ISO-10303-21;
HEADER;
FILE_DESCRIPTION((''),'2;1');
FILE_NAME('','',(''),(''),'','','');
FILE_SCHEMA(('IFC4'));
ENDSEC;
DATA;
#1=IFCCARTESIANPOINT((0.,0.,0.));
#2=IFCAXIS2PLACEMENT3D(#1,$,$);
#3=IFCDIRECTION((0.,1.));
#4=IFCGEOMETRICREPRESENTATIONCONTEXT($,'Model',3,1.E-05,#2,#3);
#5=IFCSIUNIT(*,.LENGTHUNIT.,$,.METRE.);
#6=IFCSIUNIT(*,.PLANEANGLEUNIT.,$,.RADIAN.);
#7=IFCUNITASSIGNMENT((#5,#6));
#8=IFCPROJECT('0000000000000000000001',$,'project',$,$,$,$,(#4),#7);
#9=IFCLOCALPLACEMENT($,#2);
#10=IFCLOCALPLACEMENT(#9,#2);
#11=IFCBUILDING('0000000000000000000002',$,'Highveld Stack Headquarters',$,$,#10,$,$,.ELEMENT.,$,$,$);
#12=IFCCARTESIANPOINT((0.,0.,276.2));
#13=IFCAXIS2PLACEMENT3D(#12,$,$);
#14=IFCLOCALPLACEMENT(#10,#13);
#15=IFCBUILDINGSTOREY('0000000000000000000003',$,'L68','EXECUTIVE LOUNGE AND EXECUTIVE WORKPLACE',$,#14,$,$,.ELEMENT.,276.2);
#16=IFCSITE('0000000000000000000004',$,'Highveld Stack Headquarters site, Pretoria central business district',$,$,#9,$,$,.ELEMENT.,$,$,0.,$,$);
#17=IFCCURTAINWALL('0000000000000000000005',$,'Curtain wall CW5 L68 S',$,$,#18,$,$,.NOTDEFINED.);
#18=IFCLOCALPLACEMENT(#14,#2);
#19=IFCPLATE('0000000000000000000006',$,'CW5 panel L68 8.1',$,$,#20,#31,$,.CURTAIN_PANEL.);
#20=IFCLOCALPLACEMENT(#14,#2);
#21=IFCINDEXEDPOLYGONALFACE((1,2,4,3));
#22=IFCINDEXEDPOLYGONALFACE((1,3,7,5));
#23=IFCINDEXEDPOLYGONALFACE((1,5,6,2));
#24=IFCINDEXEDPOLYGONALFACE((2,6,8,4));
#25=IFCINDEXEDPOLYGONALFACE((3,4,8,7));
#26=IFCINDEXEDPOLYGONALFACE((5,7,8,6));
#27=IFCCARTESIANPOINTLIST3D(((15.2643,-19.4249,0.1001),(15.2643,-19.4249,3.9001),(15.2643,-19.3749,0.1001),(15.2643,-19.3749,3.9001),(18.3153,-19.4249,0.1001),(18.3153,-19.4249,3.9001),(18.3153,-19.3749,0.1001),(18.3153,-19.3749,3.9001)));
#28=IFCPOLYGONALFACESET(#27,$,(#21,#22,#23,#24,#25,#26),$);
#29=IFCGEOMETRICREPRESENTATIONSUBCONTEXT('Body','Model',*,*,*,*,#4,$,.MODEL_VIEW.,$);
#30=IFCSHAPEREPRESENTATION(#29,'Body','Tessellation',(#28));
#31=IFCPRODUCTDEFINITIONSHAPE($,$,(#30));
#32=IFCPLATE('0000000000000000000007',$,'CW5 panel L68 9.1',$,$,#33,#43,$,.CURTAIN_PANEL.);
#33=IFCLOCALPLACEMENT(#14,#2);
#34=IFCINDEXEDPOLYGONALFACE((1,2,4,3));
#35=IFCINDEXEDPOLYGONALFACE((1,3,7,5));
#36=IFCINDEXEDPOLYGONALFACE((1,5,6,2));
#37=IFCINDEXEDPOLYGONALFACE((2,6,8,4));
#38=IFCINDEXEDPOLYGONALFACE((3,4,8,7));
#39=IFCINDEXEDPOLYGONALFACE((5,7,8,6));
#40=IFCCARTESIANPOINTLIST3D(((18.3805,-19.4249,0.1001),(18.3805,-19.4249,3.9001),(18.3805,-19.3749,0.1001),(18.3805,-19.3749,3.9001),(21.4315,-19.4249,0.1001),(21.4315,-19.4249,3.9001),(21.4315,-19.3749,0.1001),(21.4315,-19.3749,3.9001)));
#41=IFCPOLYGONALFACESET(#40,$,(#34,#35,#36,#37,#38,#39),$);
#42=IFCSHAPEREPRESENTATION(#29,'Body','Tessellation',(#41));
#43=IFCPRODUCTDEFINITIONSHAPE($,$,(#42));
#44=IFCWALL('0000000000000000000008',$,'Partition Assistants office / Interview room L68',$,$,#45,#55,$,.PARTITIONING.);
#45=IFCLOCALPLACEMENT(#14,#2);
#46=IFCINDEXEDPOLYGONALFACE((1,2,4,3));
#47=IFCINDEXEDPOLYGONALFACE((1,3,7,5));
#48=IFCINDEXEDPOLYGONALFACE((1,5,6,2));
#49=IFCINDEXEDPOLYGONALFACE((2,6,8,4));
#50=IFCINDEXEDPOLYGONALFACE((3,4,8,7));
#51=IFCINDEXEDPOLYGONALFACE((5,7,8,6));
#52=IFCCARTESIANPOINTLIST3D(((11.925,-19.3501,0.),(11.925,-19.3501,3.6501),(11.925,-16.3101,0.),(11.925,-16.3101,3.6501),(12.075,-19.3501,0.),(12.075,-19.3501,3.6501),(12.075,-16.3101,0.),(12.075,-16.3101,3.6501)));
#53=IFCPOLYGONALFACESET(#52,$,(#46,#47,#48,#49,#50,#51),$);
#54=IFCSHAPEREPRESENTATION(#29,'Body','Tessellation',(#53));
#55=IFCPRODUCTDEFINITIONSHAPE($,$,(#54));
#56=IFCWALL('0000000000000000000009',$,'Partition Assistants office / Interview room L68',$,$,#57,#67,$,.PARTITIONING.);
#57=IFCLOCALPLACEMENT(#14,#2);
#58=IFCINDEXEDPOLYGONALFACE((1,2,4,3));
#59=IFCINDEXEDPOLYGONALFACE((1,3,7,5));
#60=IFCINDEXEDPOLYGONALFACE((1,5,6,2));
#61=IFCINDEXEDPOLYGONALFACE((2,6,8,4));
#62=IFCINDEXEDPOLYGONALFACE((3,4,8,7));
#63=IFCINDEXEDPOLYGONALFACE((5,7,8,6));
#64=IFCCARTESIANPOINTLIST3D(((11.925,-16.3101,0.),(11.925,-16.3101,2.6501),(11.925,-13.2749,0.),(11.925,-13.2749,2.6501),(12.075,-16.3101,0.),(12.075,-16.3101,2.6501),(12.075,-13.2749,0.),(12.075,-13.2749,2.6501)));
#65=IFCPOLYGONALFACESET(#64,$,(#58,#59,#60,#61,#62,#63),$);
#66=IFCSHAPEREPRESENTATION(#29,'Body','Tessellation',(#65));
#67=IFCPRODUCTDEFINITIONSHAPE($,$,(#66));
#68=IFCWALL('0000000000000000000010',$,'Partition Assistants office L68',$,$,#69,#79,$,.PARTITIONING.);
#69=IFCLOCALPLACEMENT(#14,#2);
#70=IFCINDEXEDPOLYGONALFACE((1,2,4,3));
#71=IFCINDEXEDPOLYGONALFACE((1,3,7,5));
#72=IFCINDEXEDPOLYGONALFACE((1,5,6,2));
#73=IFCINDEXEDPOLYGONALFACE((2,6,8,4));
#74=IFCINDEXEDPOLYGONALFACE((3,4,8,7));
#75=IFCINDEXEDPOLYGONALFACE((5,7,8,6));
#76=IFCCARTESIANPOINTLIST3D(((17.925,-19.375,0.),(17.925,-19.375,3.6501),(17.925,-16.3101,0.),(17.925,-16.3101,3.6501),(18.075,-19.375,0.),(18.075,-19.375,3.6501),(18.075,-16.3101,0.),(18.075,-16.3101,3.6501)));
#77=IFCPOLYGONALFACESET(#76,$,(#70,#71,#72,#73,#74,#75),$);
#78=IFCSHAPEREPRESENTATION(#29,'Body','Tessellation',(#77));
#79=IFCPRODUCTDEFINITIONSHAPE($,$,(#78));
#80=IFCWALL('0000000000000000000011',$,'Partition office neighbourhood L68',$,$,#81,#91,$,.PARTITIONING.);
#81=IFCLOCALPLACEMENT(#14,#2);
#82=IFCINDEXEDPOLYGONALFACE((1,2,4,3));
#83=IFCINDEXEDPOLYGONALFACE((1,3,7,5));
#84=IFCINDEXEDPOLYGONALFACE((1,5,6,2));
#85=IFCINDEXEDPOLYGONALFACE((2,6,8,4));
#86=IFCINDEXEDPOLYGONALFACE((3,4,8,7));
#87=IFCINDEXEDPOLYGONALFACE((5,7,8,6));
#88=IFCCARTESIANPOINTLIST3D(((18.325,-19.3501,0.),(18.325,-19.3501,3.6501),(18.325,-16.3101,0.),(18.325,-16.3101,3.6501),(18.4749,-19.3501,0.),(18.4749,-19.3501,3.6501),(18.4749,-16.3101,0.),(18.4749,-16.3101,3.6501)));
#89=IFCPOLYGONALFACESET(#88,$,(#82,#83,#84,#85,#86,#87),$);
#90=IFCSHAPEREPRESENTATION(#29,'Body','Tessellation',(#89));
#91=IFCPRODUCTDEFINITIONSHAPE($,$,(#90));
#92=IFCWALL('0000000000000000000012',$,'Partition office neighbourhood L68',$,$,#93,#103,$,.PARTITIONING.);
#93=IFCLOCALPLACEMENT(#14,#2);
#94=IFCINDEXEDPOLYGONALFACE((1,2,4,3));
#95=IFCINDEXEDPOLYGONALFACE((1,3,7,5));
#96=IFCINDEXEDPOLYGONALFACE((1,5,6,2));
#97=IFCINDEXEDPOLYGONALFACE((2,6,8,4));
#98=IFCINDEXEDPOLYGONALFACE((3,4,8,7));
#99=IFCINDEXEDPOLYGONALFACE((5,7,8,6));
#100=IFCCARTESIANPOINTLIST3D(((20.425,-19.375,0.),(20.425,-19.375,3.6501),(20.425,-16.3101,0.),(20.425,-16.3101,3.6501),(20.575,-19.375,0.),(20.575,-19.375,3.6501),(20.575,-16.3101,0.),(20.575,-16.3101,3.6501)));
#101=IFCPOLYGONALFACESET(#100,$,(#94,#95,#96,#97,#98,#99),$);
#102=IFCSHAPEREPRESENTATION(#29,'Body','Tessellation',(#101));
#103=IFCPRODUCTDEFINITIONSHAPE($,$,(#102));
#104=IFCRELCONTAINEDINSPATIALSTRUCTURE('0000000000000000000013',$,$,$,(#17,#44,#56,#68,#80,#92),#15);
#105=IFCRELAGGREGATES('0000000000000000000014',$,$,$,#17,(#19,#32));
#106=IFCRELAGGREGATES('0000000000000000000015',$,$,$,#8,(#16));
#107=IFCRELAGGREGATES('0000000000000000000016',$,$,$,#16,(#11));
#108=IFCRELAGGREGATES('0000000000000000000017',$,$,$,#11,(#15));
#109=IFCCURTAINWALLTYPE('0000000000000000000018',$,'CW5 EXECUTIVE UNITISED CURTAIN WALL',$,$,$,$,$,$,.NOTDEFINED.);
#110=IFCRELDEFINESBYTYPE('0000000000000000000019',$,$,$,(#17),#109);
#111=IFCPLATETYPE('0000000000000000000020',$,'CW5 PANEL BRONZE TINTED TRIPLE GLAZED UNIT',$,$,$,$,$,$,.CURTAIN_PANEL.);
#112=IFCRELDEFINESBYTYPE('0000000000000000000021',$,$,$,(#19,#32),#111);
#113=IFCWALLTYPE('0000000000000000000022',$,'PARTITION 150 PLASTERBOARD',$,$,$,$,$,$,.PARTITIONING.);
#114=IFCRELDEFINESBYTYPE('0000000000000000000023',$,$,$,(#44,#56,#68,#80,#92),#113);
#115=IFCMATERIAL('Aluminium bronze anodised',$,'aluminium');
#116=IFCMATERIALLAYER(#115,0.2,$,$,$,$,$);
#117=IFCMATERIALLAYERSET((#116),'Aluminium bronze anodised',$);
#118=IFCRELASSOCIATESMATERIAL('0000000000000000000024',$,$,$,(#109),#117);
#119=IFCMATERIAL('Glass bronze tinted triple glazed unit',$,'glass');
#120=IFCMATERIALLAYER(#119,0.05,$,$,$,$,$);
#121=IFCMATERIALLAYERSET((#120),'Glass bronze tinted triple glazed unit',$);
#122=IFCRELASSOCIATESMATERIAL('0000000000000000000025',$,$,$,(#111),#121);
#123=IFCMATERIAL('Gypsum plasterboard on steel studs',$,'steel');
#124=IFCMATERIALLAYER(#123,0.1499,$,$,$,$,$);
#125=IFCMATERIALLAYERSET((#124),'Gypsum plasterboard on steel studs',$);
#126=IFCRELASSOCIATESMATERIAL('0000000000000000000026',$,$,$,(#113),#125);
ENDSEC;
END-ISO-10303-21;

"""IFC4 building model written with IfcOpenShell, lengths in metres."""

from ifc_helpers import new_model, si_unit, direction, frame, frame_2d, origin, origin_2d, place, context, subcontext, project, spatial, rectangle, extrude, material, layer, layer_set, type_object, element, aggregate, save


model = new_model("IFC4")

# Units and contexts
model_context = context("Model", 3, precision=1e-05, world=origin(), true_north=direction((0.0, 1.0)))
body_context = subcontext(model_context, "Body", "Model", "MODEL_VIEW")
ifc_project = project(units=[si_unit("LENGTHUNIT", "METRE"), si_unit("PLANEANGLEUNIT", "RADIAN")], contexts=[model_context])

# Site, building, storey
site_placement = place(None, origin())
site = spatial("IfcSite", under=ifc_project, at=site_placement, Name="Highveld Stack Headquarters site, Pretoria central business district", CompositionType="ELEMENT", RefElevation=0.0)
building_placement = place(site_placement, origin())
building = spatial("IfcBuilding", under=site, at=building_placement, Name="Highveld Stack Headquarters", CompositionType="ELEMENT")
storey_placement = place(building_placement, frame((0.0, 0.0, 276.2)))
storey = spatial("IfcBuildingStorey", under=building, at=storey_placement, Name="L68", Description="EXECUTIVE LOUNGE AND EXECUTIVE WORKPLACE", CompositionType="ELEMENT", Elevation=276.2)

# Curtain wall, plates
ifc_material_1 = material(Name="Aluminium bronze anodised", Category="aluminium")
ifc_layer_1 = layer(ifc_material_1, 0.2)
ifc_layer_set_1 = layer_set([ifc_layer_1], Name="Aluminium bronze anodised")
curtain_wall_type = type_object("IfcCurtainWallType", Name="CW5 EXECUTIVE UNITISED CURTAIN WALL", PredefinedType="NOTDEFINED", material=ifc_layer_set_1)
curtain_wall_placement = place(storey_placement, origin())
curtain_wall = element("IfcCurtainWall", 1, at=curtain_wall_placement, inside=storey, type_object=curtain_wall_type, Name="Curtain wall CW5 L68 S", PredefinedType="NOTDEFINED")
ifc_material_2 = material(Name="Glass bronze tinted triple glazed unit", Category="glass")
ifc_layer_2 = layer(ifc_material_2, 0.05)
ifc_layer_set_2 = layer_set([ifc_layer_2], Name="Glass bronze tinted triple glazed unit")
plate_type = type_object("IfcPlateType", Name="CW5 PANEL BRONZE TINTED TRIPLE GLAZED UNIT", PredefinedType="CURTAIN_PANEL", material=ifc_layer_set_2)
plate_1_placement = place(storey_placement, frame((16.7898, -19.3999, 0.1001), z_axis=(0.0, 0.0, 1.0), x_axis=(1.0, 0.0, 0.0)))
plate_1 = element("IfcPlate", 2, at=plate_1_placement, type_object=plate_type, Name="CW5 panel L68 8.1", PredefinedType="CURTAIN_PANEL", context=body_context, shape_type="SweptSolid", body=[
    extrude(rectangle(XDim=3.051, YDim=0.05, at=origin_2d()), origin(), (0.0, 0.0, 1.0), 3.8),
])
plate_2_placement = place(storey_placement, frame((19.906, -19.3999, 0.1001), z_axis=(0.0, 0.0, 1.0), x_axis=(1.0, 0.0, 0.0)))
plate_2 = element("IfcPlate", 3, at=plate_2_placement, type_object=plate_type, Name="CW5 panel L68 9.1", PredefinedType="CURTAIN_PANEL", context=body_context, shape_type="SweptSolid", body=[
    extrude(rectangle(XDim=3.051, YDim=0.05, at=origin_2d()), origin(), (0.0, 0.0, 1.0), 3.8),
])
aggregate(curtain_wall, [plate_1, plate_2])

# Walls
ifc_material_3 = material(Name="Gypsum plasterboard on steel studs", Category="steel")
ifc_layer_3 = layer(ifc_material_3, 0.1499)
ifc_layer_set_3 = layer_set([ifc_layer_3], Name="Gypsum plasterboard on steel studs")
wall_type = type_object("IfcWallType", Name="PARTITION 150 PLASTERBOARD", PredefinedType="PARTITIONING", material=ifc_layer_set_3)
wall_1_placement = place(storey_placement, frame((12.0, -19.3501, 0.0), z_axis=(0.0, 0.0, 1.0), x_axis=(0.0, 1.0, 0.0)))
element("IfcWall", 4, at=wall_1_placement, inside=storey, type_object=wall_type, Name="Partition Assistants office / Interview room L68", PredefinedType="PARTITIONING", context=body_context, shape_type="SweptSolid", body=[
    extrude(rectangle(XDim=3.04, YDim=0.1499, at=frame_2d((1.52, 0.0))), origin(), (0.0, 0.0, 1.0), 3.6501),
])
wall_2_placement = place(storey_placement, frame((12.0, -16.3101, 0.0), z_axis=(0.0, 0.0, 1.0), x_axis=(0.0, 1.0, 0.0)))
element("IfcWall", 5, at=wall_2_placement, inside=storey, type_object=wall_type, Name="Partition Assistants office / Interview room L68", PredefinedType="PARTITIONING", context=body_context, shape_type="SweptSolid", body=[
    extrude(rectangle(XDim=3.0352, YDim=0.1499, at=frame_2d((1.5176, 0.0))), origin(), (0.0, 0.0, 1.0), 2.6501),
])
wall_3_placement = place(storey_placement, frame((18.0, -19.375, 0.0), z_axis=(0.0, 0.0, 1.0), x_axis=(0.0, 1.0, 0.0)))
element("IfcWall", 6, at=wall_3_placement, inside=storey, type_object=wall_type, Name="Partition Assistants office L68", PredefinedType="PARTITIONING", context=body_context, shape_type="SweptSolid", body=[
    extrude(rectangle(XDim=3.0649, YDim=0.1499, at=frame_2d((1.5325, 0.0))), origin(), (0.0, 0.0, 1.0), 3.6501),
])
wall_4_placement = place(storey_placement, frame((18.3999, -19.3501, 0.0), z_axis=(0.0, 0.0, 1.0), x_axis=(0.0, 1.0, 0.0)))
element("IfcWall", 7, at=wall_4_placement, inside=storey, type_object=wall_type, Name="Partition office neighbourhood L68", PredefinedType="PARTITIONING", context=body_context, shape_type="SweptSolid", body=[
    extrude(rectangle(XDim=3.04, YDim=0.1499, at=frame_2d((1.52, 0.0))), origin(), (0.0, 0.0, 1.0), 3.6501),
])
wall_5_placement = place(storey_placement, frame((20.5, -19.375, 0.0), z_axis=(0.0, 0.0, 1.0), x_axis=(0.0, 1.0, 0.0)))
element("IfcWall", 8, at=wall_5_placement, inside=storey, type_object=wall_type, Name="Partition office neighbourhood L68", PredefinedType="PARTITIONING", context=body_context, shape_type="SweptSolid", body=[
    extrude(rectangle(XDim=3.0649, YDim=0.1499, at=frame_2d((1.5325, 0.0))), origin(), (0.0, 0.0, 1.0), 3.6501),
])

save(model, "model.ifc")
